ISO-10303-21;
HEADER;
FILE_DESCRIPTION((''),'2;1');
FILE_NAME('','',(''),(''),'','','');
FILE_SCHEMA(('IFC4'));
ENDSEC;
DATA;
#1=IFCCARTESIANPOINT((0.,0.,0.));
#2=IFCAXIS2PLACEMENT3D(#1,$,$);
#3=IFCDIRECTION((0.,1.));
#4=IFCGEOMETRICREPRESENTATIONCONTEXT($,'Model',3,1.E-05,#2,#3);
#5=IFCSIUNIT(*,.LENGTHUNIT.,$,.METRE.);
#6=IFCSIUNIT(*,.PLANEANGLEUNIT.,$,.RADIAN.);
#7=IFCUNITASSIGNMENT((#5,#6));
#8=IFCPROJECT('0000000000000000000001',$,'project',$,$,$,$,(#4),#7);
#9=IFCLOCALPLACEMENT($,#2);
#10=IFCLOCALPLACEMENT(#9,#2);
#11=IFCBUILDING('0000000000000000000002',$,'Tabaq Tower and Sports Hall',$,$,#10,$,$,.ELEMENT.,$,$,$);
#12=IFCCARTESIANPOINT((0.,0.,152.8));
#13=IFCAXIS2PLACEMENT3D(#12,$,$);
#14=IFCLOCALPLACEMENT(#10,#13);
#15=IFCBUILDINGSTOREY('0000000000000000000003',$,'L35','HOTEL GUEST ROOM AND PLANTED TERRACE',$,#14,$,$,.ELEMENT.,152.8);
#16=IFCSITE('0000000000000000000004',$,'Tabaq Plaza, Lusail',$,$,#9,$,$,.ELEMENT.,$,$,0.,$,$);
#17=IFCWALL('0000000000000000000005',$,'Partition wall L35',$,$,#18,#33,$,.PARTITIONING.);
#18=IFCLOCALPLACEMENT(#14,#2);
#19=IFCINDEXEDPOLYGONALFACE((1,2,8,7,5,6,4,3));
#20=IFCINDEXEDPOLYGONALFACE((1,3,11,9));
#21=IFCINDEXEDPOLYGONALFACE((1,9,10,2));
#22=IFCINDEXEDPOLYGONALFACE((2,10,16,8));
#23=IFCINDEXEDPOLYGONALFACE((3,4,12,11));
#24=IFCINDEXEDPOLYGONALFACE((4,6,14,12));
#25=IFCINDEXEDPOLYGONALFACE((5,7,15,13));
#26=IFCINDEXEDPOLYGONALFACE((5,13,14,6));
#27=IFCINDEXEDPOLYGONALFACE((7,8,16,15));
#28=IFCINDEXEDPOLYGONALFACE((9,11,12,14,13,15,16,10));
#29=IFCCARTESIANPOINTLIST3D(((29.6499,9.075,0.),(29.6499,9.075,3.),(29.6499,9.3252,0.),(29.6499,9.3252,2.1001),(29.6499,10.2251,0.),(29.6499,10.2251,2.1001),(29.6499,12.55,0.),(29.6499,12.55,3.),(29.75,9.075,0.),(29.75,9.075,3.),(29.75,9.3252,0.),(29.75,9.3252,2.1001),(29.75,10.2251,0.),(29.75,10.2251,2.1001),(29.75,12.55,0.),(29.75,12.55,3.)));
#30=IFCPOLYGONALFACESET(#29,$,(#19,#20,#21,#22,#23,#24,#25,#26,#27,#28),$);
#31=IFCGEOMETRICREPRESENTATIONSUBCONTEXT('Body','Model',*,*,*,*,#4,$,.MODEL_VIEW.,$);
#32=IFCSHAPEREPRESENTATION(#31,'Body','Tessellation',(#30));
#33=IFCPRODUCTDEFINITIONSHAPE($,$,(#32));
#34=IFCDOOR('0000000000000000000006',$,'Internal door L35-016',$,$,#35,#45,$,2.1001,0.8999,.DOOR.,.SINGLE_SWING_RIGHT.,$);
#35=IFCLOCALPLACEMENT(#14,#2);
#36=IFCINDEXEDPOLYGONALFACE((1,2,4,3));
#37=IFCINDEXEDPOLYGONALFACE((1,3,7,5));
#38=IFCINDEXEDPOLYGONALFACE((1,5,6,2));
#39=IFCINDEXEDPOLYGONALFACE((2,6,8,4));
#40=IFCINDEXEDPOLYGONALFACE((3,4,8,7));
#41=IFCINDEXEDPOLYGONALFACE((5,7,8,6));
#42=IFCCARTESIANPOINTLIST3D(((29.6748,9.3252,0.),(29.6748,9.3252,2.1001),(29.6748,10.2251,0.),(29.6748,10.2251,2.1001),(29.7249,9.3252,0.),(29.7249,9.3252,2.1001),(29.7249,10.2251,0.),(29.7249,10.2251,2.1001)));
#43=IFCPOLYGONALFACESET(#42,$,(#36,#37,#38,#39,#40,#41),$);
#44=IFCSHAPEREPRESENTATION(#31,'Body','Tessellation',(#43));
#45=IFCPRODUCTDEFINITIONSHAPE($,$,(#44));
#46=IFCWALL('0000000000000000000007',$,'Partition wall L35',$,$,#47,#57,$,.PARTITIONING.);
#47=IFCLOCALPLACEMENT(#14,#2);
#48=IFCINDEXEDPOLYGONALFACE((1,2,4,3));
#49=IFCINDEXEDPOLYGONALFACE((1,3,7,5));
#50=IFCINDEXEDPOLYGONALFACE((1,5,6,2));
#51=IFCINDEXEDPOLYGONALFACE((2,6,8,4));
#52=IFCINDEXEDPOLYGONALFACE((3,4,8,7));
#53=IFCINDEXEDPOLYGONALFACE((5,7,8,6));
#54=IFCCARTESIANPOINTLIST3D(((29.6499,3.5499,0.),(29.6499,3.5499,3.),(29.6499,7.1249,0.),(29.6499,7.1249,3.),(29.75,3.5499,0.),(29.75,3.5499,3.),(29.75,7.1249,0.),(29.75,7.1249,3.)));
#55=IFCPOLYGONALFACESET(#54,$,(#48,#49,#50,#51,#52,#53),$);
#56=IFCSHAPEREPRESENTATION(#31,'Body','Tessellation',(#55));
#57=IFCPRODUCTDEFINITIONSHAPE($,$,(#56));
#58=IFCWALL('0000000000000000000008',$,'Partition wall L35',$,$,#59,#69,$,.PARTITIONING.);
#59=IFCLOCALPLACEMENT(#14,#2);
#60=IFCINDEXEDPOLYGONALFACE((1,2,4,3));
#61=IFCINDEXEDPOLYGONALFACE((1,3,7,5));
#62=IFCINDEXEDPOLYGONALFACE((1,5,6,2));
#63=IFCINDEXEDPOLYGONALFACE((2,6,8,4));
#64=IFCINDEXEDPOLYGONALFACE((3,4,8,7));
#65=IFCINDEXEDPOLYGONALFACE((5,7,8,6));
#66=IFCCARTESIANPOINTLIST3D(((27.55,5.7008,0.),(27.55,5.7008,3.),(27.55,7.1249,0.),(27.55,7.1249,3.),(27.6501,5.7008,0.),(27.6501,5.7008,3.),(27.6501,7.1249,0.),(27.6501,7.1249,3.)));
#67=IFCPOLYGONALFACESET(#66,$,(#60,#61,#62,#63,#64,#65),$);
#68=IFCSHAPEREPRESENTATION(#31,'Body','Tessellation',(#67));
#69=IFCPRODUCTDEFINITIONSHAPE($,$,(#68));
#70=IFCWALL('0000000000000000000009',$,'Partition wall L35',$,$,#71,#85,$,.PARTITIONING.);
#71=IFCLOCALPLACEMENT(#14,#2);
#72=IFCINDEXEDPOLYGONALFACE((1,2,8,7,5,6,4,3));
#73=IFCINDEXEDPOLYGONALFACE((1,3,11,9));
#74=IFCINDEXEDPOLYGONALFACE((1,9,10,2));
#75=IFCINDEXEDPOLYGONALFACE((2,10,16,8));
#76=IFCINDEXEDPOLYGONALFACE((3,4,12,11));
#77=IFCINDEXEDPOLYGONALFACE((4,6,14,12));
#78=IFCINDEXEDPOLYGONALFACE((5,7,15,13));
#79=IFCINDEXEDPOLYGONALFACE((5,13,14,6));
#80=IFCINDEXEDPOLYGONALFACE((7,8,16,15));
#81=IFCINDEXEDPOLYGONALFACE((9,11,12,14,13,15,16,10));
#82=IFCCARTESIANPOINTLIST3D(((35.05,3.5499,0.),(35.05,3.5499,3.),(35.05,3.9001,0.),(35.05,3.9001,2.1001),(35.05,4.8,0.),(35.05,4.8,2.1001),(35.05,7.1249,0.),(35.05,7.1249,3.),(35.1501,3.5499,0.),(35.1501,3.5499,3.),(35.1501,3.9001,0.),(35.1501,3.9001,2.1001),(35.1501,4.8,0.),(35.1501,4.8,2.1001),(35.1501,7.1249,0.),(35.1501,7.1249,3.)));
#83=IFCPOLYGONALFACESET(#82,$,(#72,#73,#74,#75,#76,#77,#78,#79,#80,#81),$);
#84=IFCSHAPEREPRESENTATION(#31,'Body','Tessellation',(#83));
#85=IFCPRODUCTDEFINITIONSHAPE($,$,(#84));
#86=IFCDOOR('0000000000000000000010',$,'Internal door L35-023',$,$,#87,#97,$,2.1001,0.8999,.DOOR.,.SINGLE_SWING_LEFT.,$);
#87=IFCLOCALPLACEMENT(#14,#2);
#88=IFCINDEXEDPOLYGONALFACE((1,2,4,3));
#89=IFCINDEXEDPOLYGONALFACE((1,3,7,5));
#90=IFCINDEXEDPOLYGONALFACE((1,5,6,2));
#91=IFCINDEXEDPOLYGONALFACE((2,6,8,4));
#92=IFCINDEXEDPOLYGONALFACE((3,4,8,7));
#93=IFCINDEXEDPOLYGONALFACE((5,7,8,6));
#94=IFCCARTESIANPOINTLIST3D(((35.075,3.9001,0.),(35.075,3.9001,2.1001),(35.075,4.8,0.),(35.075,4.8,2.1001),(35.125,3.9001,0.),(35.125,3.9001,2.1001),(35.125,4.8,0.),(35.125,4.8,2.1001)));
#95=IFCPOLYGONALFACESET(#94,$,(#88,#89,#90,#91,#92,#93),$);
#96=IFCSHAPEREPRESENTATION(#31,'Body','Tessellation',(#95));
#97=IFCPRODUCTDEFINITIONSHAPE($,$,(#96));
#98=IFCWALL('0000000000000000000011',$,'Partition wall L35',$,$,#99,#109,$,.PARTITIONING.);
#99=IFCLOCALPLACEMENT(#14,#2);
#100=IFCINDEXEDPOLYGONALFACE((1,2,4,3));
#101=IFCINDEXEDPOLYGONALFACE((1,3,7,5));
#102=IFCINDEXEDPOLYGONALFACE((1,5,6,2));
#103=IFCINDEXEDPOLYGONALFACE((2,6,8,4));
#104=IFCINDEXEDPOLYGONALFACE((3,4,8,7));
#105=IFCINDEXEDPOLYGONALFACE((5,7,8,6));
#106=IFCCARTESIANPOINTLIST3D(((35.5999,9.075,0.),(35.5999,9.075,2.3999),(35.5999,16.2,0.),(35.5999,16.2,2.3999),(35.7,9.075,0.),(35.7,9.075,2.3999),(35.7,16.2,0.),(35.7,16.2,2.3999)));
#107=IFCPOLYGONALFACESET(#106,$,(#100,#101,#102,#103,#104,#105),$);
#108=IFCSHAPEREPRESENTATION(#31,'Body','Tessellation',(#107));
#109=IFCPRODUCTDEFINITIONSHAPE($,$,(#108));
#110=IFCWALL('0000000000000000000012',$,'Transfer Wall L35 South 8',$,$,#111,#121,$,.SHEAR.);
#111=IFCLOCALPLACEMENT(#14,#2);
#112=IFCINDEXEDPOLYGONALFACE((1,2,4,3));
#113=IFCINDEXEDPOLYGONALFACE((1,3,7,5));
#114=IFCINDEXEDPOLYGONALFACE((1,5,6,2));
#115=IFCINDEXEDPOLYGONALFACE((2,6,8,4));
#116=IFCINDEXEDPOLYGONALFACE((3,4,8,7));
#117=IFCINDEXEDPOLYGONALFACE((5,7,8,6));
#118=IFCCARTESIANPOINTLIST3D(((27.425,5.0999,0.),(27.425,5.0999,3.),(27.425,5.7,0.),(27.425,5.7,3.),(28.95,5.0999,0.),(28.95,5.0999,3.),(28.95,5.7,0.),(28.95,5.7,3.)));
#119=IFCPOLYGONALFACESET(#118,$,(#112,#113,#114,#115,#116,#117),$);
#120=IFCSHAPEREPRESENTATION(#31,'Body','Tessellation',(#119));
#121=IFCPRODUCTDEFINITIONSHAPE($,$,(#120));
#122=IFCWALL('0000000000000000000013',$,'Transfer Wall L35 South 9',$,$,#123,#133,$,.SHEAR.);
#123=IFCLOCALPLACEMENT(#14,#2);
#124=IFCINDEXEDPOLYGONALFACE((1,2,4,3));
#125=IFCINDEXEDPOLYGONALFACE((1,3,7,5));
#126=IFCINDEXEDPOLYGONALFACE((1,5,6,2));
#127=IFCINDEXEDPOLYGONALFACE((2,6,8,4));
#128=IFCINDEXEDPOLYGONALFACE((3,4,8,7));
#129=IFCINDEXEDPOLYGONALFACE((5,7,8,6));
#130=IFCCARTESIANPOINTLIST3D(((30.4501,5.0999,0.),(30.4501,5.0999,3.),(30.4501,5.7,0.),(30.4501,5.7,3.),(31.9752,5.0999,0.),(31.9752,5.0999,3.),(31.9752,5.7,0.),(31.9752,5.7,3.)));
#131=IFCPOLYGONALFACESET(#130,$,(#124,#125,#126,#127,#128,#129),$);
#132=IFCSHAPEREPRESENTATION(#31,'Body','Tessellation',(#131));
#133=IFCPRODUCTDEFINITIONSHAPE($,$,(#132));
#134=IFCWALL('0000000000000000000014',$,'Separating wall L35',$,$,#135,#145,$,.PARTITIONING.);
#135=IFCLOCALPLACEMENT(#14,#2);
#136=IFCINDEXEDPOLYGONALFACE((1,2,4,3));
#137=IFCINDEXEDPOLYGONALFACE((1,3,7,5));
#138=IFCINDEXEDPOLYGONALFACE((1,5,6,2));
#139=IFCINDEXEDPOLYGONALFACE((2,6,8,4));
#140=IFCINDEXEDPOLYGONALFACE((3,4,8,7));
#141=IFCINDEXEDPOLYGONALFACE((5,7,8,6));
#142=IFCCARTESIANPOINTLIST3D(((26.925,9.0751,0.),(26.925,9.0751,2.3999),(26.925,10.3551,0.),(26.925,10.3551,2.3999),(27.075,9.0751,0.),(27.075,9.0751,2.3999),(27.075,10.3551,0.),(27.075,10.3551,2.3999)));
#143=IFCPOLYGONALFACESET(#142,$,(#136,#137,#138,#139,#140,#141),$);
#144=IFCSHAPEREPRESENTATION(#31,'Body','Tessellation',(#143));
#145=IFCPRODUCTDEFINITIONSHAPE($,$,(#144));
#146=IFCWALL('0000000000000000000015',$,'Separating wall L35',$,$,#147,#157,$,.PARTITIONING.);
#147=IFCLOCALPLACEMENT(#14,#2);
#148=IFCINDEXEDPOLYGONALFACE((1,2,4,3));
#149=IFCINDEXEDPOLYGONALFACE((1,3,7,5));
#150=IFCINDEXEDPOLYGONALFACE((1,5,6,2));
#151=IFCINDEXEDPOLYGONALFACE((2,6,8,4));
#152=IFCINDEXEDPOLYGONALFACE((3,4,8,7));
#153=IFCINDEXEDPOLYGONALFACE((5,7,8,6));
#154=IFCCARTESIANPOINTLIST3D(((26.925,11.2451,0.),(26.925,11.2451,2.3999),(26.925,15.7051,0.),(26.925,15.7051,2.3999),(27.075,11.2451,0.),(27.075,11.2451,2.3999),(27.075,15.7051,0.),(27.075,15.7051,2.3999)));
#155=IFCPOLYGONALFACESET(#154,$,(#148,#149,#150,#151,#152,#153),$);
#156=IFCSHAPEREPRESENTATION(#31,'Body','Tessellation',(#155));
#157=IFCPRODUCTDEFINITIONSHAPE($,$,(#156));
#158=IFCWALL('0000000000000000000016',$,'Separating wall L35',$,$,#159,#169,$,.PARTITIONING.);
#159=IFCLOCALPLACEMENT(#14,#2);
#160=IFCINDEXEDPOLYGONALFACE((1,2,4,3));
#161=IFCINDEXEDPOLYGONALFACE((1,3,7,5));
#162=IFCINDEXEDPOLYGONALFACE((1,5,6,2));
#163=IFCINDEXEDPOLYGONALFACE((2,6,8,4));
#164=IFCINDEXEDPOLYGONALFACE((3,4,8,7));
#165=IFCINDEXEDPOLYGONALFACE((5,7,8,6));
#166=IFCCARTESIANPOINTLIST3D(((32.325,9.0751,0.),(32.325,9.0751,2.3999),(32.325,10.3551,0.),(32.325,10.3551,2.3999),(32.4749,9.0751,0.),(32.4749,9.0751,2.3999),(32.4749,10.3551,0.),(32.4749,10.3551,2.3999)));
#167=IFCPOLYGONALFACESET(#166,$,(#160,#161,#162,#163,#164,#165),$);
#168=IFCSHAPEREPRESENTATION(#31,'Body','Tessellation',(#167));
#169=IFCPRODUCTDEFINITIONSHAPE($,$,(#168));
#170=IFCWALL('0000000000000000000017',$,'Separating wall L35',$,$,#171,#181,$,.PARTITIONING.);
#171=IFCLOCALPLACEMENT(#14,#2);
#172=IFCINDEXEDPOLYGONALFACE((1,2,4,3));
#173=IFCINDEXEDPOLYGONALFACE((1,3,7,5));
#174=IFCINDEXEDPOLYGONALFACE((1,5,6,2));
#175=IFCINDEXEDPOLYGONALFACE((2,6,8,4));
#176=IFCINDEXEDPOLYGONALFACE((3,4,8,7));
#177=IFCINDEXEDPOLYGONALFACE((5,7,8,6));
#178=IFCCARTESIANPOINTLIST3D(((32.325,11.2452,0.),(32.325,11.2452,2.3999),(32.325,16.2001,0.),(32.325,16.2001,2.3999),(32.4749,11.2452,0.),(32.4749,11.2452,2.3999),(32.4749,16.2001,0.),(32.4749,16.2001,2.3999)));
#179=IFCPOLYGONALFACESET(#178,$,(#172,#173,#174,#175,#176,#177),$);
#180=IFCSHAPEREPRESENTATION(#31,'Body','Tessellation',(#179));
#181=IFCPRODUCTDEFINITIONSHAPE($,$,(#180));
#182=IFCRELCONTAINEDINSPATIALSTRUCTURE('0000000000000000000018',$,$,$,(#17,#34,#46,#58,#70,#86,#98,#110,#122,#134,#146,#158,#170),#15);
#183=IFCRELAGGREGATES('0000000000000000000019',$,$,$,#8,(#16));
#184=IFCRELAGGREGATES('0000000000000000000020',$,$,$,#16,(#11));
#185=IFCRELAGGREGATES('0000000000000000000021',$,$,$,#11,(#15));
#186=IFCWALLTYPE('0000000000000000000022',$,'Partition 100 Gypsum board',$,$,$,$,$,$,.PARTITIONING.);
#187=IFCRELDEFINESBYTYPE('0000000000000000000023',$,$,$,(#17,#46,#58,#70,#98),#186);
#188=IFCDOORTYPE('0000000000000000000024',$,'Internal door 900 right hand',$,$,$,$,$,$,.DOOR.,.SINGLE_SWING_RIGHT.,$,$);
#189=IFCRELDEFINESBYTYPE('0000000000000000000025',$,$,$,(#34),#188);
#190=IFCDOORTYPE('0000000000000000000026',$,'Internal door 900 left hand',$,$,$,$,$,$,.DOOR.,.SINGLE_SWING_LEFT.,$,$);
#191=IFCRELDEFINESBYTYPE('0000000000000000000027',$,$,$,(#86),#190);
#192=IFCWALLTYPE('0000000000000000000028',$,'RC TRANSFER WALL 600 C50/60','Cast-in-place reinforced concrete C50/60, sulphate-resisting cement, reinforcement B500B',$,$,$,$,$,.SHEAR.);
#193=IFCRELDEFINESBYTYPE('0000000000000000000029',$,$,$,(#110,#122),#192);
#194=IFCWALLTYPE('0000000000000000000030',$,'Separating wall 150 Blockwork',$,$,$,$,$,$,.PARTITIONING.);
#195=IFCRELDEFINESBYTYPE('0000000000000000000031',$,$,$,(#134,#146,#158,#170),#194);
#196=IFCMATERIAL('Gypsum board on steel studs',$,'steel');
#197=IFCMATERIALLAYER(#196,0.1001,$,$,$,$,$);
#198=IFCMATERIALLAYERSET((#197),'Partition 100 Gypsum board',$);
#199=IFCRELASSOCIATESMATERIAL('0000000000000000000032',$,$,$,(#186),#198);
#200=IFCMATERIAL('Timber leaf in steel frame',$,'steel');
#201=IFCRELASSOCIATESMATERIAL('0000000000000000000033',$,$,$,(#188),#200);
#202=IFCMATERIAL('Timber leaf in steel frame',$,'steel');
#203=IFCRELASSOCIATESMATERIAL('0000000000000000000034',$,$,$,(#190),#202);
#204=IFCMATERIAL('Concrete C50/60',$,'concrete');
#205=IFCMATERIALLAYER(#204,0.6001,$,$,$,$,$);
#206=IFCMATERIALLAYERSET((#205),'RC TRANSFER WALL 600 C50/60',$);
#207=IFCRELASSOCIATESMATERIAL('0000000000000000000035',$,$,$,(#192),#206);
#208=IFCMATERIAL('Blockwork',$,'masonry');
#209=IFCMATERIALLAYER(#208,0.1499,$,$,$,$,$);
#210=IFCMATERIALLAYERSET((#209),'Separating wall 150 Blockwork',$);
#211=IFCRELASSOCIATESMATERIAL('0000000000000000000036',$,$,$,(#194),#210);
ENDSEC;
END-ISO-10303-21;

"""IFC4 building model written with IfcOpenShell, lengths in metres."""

from ifc_helpers import new_model, si_unit, direction, frame, frame_2d, origin, place, context, subcontext, project, spatial, rectangle, extrude, material, layer, layer_set, type_object, element, fill, save


model = new_model("IFC4")

# Units and contexts
model_context = context("Model", 3, precision=1e-05, world=origin(), true_north=direction((0.0, 1.0)))
body_context = subcontext(model_context, "Body", "Model", "MODEL_VIEW")
ifc_project = project(units=[si_unit("LENGTHUNIT", "METRE"), si_unit("PLANEANGLEUNIT", "RADIAN")], contexts=[model_context])

# Site, building, storey
site_placement = place(None, origin())
site = spatial("IfcSite", under=ifc_project, at=site_placement, Name="Tabaq Plaza, Lusail", CompositionType="ELEMENT", RefElevation=0.0)
building_placement = place(site_placement, origin())
building = spatial("IfcBuilding", under=site, at=building_placement, Name="Tabaq Tower and Sports Hall", CompositionType="ELEMENT")
storey_placement = place(building_placement, frame((0.0, 0.0, 152.8)))
storey = spatial("IfcBuildingStorey", under=building, at=storey_placement, Name="L35", Description="HOTEL GUEST ROOM AND PLANTED TERRACE", CompositionType="ELEMENT", Elevation=152.8)

# Shared definitions
ifc_material_1 = material(Name="Gypsum board on steel studs", Category="steel")
ifc_layer_1 = layer(ifc_material_1, 0.1001)
ifc_layer_set_1 = layer_set([ifc_layer_1], Name="Partition 100 Gypsum board")
wall_type_1 = type_object("IfcWallType", Name="Partition 100 Gypsum board", PredefinedType="PARTITIONING", material=ifc_layer_set_1)

# Wall, opening, door
wall_1_placement = place(storey_placement, frame((29.7, 12.55, 0.0), z_axis=(0.0, 0.0, 1.0), x_axis=(0.0, -1.0, 0.0)))
wall_1 = element("IfcWall", 1, at=wall_1_placement, inside=storey, type_object=wall_type_1, Name="Partition wall L35", PredefinedType="PARTITIONING", context=body_context, shape_type="SweptSolid", body=[
    extrude(rectangle(XDim=3.4751, YDim=0.1001, at=frame_2d((1.7375, 0.0))), origin(), (0.0, 0.0, 1.0), 3.0),
])
opening_1_placement = place(wall_1_placement, frame((2.325, 0.0, 0.0)))
opening_1 = element("IfcOpeningElement", 2, at=opening_1_placement, cuts=wall_1, PredefinedType="OPENING", context=body_context, shape_type="SweptSolid", body=[
    extrude(rectangle(XDim=0.8999, YDim=2.1001, at=frame_2d((0.45, 1.05))), frame((0.0, 0.05, 0.0), z_axis=(0.0, -1.0, 0.0), x_axis=(1.0, 0.0, 0.0)), (0.0, 0.0, 1.0), 0.1001),
])
ifc_material_2 = material(Name="Timber leaf in steel frame", Category="steel")
door_type_1 = type_object("IfcDoorType", Name="Internal door 900 right hand", OperationType="SINGLE_SWING_RIGHT", PredefinedType="DOOR", material=ifc_material_2)
door_1_placement = place(opening_1_placement, origin())
door_1 = element("IfcDoor", 3, at=door_1_placement, inside=storey, type_object=door_type_1, Name="Internal door L35-016", OperationType="SINGLE_SWING_RIGHT", OverallHeight=2.1001, OverallWidth=0.8999, PredefinedType="DOOR", context=body_context, shape_type="SweptSolid", body=[
    extrude(rectangle(XDim=0.8999, YDim=2.1001, at=frame_2d((0.45, 1.05))), frame((0.0, 0.0249, 0.0), z_axis=(0.0, -1.0, 0.0), x_axis=(1.0, 0.0, 0.0)), (0.0, 0.0, 1.0), 0.05),
])
fill(opening_1, door_1)

# Walls
wall_2_placement = place(storey_placement, frame((29.7, 7.125, 0.0), z_axis=(0.0, 0.0, 1.0), x_axis=(0.0, -1.0, 0.0)))
element("IfcWall", 4, at=wall_2_placement, inside=storey, type_object=wall_type_1, Name="Partition wall L35", PredefinedType="PARTITIONING", context=body_context, shape_type="SweptSolid", body=[
    extrude(rectangle(XDim=3.575, YDim=0.1001, at=frame_2d((1.7876, 0.0))), origin(), (0.0, 0.0, 1.0), 3.0),
])
wall_3_placement = place(storey_placement, frame((27.6001, 5.7009, 0.0), z_axis=(0.0, 0.0, 1.0), x_axis=(0.0, 1.0, 0.0)))
element("IfcWall", 5, at=wall_3_placement, inside=storey, type_object=wall_type_1, Name="Partition wall L35", PredefinedType="PARTITIONING", context=body_context, shape_type="SweptSolid", body=[
    extrude(rectangle(XDim=1.4241, YDim=0.1001, at=frame_2d((0.7119, 0.0))), origin(), (0.0, 0.0, 1.0), 3.0),
])

# Wall, opening, door
wall_4_placement = place(storey_placement, frame((35.1001, 7.125, 0.0), z_axis=(0.0, 0.0, 1.0), x_axis=(0.0, -1.0, 0.0)))
wall_4 = element("IfcWall", 6, at=wall_4_placement, inside=storey, type_object=wall_type_1, Name="Partition wall L35", PredefinedType="PARTITIONING", context=body_context, shape_type="SweptSolid", body=[
    extrude(rectangle(XDim=3.575, YDim=0.1001, at=frame_2d((1.7876, 0.0))), origin(), (0.0, 0.0, 1.0), 3.0),
])
opening_2_placement = place(wall_4_placement, frame((2.325, 0.0, 0.0)))
opening_2 = element("IfcOpeningElement", 7, at=opening_2_placement, cuts=wall_4, PredefinedType="OPENING", context=body_context, shape_type="SweptSolid", body=[
    extrude(rectangle(XDim=0.8999, YDim=2.1001, at=frame_2d((0.45, 1.05))), frame((0.0, 0.05, 0.0), z_axis=(0.0, -1.0, 0.0), x_axis=(1.0, 0.0, 0.0)), (0.0, 0.0, 1.0), 0.1001),
])
ifc_material_3 = material(Name="Timber leaf in steel frame", Category="steel")
door_type_2 = type_object("IfcDoorType", Name="Internal door 900 left hand", OperationType="SINGLE_SWING_LEFT", PredefinedType="DOOR", material=ifc_material_3)
door_2_placement = place(opening_2_placement, origin())
door_2 = element("IfcDoor", 8, at=door_2_placement, inside=storey, type_object=door_type_2, Name="Internal door L35-023", OperationType="SINGLE_SWING_LEFT", OverallHeight=2.1001, OverallWidth=0.8999, PredefinedType="DOOR", context=body_context, shape_type="SweptSolid", body=[
    extrude(rectangle(XDim=0.8999, YDim=2.1001, at=frame_2d((0.45, 1.05))), frame((0.0, 0.0249, 0.0), z_axis=(0.0, -1.0, 0.0), x_axis=(1.0, 0.0, 0.0)), (0.0, 0.0, 1.0), 0.05),
])
fill(opening_2, door_2)

# Walls
wall_5_placement = place(storey_placement, frame((35.6499, 16.2, 0.0), z_axis=(0.0, 0.0, 1.0), x_axis=(0.0, -1.0, 0.0)))
element("IfcWall", 9, at=wall_5_placement, inside=storey, type_object=wall_type_1, Name="Partition wall L35", PredefinedType="PARTITIONING", context=body_context, shape_type="SweptSolid", body=[
    extrude(rectangle(XDim=7.125, YDim=0.1001, at=frame_2d((3.5625, 0.0))), origin(), (0.0, 0.0, 1.0), 2.3999),
])
ifc_material_4 = material(Name="Concrete C50/60", Category="concrete")
ifc_layer_2 = layer(ifc_material_4, 0.6001)
ifc_layer_set_2 = layer_set([ifc_layer_2], Name="RC TRANSFER WALL 600 C50/60")
wall_type_2 = type_object("IfcWallType", Name="RC TRANSFER WALL 600 C50/60", Description="Cast-in-place reinforced concrete C50/60, sulphate-resisting cement, reinforcement B500B", PredefinedType="SHEAR", material=ifc_layer_set_2)
wall_6_placement = place(storey_placement, frame((27.425, 5.3999, 0.0), z_axis=(0.0, 0.0, 1.0), x_axis=(1.0, 0.0, 0.0)))
element("IfcWall", 10, at=wall_6_placement, inside=storey, type_object=wall_type_2, Name="Transfer Wall L35 South 8", PredefinedType="SHEAR", context=body_context, shape_type="SweptSolid", body=[
    extrude(rectangle(XDim=1.5249, YDim=0.6001, at=frame_2d((0.7625, 0.0))), origin(), (0.0, 0.0, 1.0), 3.0),
])
wall_7_placement = place(storey_placement, frame((30.45, 5.3999, 0.0), z_axis=(0.0, 0.0, 1.0), x_axis=(1.0, 0.0, 0.0)))
element("IfcWall", 11, at=wall_7_placement, inside=storey, type_object=wall_type_2, Name="Transfer Wall L35 South 9", PredefinedType="SHEAR", context=body_context, shape_type="SweptSolid", body=[
    extrude(rectangle(XDim=1.5251, YDim=0.6001, at=frame_2d((0.7627, 0.0))), origin(), (0.0, 0.0, 1.0), 3.0),
])
ifc_material_5 = material(Name="Blockwork", Category="masonry")
ifc_layer_3 = layer(ifc_material_5, 0.1499)
ifc_layer_set_3 = layer_set([ifc_layer_3], Name="Separating wall 150 Blockwork")
wall_type_3 = type_object("IfcWallType", Name="Separating wall 150 Blockwork", PredefinedType="PARTITIONING", material=ifc_layer_set_3)
wall_8_placement = place(storey_placement, frame((27.0, 9.075, 0.0), z_axis=(0.0, 0.0, 1.0), x_axis=(0.0, 1.0, 0.0)))
element("IfcWall", 12, at=wall_8_placement, inside=storey, type_object=wall_type_3, Name="Separating wall L35", PredefinedType="PARTITIONING", context=body_context, shape_type="SweptSolid", body=[
    extrude(rectangle(XDim=1.28, YDim=0.1499, at=frame_2d((0.6401, 0.0))), origin(), (0.0, 0.0, 1.0), 2.3999),
])
wall_9_placement = place(storey_placement, frame((27.0, 11.2451, 0.0), z_axis=(0.0, 0.0, 1.0), x_axis=(0.0, 1.0, 0.0)))
element("IfcWall", 13, at=wall_9_placement, inside=storey, type_object=wall_type_3, Name="Separating wall L35", PredefinedType="PARTITIONING", context=body_context, shape_type="SweptSolid", body=[
    extrude(rectangle(XDim=4.46, YDim=0.1499, at=frame_2d((2.23, 0.0))), origin(), (0.0, 0.0, 1.0), 2.3999),
])
wall_10_placement = place(storey_placement, frame((32.3999, 9.075, 0.0), z_axis=(0.0, 0.0, 1.0), x_axis=(0.0, 1.0, 0.0)))
element("IfcWall", 14, at=wall_10_placement, inside=storey, type_object=wall_type_3, Name="Separating wall L35", PredefinedType="PARTITIONING", context=body_context, shape_type="SweptSolid", body=[
    extrude(rectangle(XDim=1.28, YDim=0.1499, at=frame_2d((0.6401, 0.0))), origin(), (0.0, 0.0, 1.0), 2.3999),
])
wall_11_placement = place(storey_placement, frame((32.3999, 11.2451, 0.0), z_axis=(0.0, 0.0, 1.0), x_axis=(0.0, 1.0, 0.0)))
element("IfcWall", 15, at=wall_11_placement, inside=storey, type_object=wall_type_3, Name="Separating wall L35", PredefinedType="PARTITIONING", context=body_context, shape_type="SweptSolid", body=[
    extrude(rectangle(XDim=4.9548, YDim=0.1499, at=frame_2d((2.4775, 0.0))), origin(), (0.0, 0.0, 1.0), 2.3999),
])

save(model, "model.ifc")
